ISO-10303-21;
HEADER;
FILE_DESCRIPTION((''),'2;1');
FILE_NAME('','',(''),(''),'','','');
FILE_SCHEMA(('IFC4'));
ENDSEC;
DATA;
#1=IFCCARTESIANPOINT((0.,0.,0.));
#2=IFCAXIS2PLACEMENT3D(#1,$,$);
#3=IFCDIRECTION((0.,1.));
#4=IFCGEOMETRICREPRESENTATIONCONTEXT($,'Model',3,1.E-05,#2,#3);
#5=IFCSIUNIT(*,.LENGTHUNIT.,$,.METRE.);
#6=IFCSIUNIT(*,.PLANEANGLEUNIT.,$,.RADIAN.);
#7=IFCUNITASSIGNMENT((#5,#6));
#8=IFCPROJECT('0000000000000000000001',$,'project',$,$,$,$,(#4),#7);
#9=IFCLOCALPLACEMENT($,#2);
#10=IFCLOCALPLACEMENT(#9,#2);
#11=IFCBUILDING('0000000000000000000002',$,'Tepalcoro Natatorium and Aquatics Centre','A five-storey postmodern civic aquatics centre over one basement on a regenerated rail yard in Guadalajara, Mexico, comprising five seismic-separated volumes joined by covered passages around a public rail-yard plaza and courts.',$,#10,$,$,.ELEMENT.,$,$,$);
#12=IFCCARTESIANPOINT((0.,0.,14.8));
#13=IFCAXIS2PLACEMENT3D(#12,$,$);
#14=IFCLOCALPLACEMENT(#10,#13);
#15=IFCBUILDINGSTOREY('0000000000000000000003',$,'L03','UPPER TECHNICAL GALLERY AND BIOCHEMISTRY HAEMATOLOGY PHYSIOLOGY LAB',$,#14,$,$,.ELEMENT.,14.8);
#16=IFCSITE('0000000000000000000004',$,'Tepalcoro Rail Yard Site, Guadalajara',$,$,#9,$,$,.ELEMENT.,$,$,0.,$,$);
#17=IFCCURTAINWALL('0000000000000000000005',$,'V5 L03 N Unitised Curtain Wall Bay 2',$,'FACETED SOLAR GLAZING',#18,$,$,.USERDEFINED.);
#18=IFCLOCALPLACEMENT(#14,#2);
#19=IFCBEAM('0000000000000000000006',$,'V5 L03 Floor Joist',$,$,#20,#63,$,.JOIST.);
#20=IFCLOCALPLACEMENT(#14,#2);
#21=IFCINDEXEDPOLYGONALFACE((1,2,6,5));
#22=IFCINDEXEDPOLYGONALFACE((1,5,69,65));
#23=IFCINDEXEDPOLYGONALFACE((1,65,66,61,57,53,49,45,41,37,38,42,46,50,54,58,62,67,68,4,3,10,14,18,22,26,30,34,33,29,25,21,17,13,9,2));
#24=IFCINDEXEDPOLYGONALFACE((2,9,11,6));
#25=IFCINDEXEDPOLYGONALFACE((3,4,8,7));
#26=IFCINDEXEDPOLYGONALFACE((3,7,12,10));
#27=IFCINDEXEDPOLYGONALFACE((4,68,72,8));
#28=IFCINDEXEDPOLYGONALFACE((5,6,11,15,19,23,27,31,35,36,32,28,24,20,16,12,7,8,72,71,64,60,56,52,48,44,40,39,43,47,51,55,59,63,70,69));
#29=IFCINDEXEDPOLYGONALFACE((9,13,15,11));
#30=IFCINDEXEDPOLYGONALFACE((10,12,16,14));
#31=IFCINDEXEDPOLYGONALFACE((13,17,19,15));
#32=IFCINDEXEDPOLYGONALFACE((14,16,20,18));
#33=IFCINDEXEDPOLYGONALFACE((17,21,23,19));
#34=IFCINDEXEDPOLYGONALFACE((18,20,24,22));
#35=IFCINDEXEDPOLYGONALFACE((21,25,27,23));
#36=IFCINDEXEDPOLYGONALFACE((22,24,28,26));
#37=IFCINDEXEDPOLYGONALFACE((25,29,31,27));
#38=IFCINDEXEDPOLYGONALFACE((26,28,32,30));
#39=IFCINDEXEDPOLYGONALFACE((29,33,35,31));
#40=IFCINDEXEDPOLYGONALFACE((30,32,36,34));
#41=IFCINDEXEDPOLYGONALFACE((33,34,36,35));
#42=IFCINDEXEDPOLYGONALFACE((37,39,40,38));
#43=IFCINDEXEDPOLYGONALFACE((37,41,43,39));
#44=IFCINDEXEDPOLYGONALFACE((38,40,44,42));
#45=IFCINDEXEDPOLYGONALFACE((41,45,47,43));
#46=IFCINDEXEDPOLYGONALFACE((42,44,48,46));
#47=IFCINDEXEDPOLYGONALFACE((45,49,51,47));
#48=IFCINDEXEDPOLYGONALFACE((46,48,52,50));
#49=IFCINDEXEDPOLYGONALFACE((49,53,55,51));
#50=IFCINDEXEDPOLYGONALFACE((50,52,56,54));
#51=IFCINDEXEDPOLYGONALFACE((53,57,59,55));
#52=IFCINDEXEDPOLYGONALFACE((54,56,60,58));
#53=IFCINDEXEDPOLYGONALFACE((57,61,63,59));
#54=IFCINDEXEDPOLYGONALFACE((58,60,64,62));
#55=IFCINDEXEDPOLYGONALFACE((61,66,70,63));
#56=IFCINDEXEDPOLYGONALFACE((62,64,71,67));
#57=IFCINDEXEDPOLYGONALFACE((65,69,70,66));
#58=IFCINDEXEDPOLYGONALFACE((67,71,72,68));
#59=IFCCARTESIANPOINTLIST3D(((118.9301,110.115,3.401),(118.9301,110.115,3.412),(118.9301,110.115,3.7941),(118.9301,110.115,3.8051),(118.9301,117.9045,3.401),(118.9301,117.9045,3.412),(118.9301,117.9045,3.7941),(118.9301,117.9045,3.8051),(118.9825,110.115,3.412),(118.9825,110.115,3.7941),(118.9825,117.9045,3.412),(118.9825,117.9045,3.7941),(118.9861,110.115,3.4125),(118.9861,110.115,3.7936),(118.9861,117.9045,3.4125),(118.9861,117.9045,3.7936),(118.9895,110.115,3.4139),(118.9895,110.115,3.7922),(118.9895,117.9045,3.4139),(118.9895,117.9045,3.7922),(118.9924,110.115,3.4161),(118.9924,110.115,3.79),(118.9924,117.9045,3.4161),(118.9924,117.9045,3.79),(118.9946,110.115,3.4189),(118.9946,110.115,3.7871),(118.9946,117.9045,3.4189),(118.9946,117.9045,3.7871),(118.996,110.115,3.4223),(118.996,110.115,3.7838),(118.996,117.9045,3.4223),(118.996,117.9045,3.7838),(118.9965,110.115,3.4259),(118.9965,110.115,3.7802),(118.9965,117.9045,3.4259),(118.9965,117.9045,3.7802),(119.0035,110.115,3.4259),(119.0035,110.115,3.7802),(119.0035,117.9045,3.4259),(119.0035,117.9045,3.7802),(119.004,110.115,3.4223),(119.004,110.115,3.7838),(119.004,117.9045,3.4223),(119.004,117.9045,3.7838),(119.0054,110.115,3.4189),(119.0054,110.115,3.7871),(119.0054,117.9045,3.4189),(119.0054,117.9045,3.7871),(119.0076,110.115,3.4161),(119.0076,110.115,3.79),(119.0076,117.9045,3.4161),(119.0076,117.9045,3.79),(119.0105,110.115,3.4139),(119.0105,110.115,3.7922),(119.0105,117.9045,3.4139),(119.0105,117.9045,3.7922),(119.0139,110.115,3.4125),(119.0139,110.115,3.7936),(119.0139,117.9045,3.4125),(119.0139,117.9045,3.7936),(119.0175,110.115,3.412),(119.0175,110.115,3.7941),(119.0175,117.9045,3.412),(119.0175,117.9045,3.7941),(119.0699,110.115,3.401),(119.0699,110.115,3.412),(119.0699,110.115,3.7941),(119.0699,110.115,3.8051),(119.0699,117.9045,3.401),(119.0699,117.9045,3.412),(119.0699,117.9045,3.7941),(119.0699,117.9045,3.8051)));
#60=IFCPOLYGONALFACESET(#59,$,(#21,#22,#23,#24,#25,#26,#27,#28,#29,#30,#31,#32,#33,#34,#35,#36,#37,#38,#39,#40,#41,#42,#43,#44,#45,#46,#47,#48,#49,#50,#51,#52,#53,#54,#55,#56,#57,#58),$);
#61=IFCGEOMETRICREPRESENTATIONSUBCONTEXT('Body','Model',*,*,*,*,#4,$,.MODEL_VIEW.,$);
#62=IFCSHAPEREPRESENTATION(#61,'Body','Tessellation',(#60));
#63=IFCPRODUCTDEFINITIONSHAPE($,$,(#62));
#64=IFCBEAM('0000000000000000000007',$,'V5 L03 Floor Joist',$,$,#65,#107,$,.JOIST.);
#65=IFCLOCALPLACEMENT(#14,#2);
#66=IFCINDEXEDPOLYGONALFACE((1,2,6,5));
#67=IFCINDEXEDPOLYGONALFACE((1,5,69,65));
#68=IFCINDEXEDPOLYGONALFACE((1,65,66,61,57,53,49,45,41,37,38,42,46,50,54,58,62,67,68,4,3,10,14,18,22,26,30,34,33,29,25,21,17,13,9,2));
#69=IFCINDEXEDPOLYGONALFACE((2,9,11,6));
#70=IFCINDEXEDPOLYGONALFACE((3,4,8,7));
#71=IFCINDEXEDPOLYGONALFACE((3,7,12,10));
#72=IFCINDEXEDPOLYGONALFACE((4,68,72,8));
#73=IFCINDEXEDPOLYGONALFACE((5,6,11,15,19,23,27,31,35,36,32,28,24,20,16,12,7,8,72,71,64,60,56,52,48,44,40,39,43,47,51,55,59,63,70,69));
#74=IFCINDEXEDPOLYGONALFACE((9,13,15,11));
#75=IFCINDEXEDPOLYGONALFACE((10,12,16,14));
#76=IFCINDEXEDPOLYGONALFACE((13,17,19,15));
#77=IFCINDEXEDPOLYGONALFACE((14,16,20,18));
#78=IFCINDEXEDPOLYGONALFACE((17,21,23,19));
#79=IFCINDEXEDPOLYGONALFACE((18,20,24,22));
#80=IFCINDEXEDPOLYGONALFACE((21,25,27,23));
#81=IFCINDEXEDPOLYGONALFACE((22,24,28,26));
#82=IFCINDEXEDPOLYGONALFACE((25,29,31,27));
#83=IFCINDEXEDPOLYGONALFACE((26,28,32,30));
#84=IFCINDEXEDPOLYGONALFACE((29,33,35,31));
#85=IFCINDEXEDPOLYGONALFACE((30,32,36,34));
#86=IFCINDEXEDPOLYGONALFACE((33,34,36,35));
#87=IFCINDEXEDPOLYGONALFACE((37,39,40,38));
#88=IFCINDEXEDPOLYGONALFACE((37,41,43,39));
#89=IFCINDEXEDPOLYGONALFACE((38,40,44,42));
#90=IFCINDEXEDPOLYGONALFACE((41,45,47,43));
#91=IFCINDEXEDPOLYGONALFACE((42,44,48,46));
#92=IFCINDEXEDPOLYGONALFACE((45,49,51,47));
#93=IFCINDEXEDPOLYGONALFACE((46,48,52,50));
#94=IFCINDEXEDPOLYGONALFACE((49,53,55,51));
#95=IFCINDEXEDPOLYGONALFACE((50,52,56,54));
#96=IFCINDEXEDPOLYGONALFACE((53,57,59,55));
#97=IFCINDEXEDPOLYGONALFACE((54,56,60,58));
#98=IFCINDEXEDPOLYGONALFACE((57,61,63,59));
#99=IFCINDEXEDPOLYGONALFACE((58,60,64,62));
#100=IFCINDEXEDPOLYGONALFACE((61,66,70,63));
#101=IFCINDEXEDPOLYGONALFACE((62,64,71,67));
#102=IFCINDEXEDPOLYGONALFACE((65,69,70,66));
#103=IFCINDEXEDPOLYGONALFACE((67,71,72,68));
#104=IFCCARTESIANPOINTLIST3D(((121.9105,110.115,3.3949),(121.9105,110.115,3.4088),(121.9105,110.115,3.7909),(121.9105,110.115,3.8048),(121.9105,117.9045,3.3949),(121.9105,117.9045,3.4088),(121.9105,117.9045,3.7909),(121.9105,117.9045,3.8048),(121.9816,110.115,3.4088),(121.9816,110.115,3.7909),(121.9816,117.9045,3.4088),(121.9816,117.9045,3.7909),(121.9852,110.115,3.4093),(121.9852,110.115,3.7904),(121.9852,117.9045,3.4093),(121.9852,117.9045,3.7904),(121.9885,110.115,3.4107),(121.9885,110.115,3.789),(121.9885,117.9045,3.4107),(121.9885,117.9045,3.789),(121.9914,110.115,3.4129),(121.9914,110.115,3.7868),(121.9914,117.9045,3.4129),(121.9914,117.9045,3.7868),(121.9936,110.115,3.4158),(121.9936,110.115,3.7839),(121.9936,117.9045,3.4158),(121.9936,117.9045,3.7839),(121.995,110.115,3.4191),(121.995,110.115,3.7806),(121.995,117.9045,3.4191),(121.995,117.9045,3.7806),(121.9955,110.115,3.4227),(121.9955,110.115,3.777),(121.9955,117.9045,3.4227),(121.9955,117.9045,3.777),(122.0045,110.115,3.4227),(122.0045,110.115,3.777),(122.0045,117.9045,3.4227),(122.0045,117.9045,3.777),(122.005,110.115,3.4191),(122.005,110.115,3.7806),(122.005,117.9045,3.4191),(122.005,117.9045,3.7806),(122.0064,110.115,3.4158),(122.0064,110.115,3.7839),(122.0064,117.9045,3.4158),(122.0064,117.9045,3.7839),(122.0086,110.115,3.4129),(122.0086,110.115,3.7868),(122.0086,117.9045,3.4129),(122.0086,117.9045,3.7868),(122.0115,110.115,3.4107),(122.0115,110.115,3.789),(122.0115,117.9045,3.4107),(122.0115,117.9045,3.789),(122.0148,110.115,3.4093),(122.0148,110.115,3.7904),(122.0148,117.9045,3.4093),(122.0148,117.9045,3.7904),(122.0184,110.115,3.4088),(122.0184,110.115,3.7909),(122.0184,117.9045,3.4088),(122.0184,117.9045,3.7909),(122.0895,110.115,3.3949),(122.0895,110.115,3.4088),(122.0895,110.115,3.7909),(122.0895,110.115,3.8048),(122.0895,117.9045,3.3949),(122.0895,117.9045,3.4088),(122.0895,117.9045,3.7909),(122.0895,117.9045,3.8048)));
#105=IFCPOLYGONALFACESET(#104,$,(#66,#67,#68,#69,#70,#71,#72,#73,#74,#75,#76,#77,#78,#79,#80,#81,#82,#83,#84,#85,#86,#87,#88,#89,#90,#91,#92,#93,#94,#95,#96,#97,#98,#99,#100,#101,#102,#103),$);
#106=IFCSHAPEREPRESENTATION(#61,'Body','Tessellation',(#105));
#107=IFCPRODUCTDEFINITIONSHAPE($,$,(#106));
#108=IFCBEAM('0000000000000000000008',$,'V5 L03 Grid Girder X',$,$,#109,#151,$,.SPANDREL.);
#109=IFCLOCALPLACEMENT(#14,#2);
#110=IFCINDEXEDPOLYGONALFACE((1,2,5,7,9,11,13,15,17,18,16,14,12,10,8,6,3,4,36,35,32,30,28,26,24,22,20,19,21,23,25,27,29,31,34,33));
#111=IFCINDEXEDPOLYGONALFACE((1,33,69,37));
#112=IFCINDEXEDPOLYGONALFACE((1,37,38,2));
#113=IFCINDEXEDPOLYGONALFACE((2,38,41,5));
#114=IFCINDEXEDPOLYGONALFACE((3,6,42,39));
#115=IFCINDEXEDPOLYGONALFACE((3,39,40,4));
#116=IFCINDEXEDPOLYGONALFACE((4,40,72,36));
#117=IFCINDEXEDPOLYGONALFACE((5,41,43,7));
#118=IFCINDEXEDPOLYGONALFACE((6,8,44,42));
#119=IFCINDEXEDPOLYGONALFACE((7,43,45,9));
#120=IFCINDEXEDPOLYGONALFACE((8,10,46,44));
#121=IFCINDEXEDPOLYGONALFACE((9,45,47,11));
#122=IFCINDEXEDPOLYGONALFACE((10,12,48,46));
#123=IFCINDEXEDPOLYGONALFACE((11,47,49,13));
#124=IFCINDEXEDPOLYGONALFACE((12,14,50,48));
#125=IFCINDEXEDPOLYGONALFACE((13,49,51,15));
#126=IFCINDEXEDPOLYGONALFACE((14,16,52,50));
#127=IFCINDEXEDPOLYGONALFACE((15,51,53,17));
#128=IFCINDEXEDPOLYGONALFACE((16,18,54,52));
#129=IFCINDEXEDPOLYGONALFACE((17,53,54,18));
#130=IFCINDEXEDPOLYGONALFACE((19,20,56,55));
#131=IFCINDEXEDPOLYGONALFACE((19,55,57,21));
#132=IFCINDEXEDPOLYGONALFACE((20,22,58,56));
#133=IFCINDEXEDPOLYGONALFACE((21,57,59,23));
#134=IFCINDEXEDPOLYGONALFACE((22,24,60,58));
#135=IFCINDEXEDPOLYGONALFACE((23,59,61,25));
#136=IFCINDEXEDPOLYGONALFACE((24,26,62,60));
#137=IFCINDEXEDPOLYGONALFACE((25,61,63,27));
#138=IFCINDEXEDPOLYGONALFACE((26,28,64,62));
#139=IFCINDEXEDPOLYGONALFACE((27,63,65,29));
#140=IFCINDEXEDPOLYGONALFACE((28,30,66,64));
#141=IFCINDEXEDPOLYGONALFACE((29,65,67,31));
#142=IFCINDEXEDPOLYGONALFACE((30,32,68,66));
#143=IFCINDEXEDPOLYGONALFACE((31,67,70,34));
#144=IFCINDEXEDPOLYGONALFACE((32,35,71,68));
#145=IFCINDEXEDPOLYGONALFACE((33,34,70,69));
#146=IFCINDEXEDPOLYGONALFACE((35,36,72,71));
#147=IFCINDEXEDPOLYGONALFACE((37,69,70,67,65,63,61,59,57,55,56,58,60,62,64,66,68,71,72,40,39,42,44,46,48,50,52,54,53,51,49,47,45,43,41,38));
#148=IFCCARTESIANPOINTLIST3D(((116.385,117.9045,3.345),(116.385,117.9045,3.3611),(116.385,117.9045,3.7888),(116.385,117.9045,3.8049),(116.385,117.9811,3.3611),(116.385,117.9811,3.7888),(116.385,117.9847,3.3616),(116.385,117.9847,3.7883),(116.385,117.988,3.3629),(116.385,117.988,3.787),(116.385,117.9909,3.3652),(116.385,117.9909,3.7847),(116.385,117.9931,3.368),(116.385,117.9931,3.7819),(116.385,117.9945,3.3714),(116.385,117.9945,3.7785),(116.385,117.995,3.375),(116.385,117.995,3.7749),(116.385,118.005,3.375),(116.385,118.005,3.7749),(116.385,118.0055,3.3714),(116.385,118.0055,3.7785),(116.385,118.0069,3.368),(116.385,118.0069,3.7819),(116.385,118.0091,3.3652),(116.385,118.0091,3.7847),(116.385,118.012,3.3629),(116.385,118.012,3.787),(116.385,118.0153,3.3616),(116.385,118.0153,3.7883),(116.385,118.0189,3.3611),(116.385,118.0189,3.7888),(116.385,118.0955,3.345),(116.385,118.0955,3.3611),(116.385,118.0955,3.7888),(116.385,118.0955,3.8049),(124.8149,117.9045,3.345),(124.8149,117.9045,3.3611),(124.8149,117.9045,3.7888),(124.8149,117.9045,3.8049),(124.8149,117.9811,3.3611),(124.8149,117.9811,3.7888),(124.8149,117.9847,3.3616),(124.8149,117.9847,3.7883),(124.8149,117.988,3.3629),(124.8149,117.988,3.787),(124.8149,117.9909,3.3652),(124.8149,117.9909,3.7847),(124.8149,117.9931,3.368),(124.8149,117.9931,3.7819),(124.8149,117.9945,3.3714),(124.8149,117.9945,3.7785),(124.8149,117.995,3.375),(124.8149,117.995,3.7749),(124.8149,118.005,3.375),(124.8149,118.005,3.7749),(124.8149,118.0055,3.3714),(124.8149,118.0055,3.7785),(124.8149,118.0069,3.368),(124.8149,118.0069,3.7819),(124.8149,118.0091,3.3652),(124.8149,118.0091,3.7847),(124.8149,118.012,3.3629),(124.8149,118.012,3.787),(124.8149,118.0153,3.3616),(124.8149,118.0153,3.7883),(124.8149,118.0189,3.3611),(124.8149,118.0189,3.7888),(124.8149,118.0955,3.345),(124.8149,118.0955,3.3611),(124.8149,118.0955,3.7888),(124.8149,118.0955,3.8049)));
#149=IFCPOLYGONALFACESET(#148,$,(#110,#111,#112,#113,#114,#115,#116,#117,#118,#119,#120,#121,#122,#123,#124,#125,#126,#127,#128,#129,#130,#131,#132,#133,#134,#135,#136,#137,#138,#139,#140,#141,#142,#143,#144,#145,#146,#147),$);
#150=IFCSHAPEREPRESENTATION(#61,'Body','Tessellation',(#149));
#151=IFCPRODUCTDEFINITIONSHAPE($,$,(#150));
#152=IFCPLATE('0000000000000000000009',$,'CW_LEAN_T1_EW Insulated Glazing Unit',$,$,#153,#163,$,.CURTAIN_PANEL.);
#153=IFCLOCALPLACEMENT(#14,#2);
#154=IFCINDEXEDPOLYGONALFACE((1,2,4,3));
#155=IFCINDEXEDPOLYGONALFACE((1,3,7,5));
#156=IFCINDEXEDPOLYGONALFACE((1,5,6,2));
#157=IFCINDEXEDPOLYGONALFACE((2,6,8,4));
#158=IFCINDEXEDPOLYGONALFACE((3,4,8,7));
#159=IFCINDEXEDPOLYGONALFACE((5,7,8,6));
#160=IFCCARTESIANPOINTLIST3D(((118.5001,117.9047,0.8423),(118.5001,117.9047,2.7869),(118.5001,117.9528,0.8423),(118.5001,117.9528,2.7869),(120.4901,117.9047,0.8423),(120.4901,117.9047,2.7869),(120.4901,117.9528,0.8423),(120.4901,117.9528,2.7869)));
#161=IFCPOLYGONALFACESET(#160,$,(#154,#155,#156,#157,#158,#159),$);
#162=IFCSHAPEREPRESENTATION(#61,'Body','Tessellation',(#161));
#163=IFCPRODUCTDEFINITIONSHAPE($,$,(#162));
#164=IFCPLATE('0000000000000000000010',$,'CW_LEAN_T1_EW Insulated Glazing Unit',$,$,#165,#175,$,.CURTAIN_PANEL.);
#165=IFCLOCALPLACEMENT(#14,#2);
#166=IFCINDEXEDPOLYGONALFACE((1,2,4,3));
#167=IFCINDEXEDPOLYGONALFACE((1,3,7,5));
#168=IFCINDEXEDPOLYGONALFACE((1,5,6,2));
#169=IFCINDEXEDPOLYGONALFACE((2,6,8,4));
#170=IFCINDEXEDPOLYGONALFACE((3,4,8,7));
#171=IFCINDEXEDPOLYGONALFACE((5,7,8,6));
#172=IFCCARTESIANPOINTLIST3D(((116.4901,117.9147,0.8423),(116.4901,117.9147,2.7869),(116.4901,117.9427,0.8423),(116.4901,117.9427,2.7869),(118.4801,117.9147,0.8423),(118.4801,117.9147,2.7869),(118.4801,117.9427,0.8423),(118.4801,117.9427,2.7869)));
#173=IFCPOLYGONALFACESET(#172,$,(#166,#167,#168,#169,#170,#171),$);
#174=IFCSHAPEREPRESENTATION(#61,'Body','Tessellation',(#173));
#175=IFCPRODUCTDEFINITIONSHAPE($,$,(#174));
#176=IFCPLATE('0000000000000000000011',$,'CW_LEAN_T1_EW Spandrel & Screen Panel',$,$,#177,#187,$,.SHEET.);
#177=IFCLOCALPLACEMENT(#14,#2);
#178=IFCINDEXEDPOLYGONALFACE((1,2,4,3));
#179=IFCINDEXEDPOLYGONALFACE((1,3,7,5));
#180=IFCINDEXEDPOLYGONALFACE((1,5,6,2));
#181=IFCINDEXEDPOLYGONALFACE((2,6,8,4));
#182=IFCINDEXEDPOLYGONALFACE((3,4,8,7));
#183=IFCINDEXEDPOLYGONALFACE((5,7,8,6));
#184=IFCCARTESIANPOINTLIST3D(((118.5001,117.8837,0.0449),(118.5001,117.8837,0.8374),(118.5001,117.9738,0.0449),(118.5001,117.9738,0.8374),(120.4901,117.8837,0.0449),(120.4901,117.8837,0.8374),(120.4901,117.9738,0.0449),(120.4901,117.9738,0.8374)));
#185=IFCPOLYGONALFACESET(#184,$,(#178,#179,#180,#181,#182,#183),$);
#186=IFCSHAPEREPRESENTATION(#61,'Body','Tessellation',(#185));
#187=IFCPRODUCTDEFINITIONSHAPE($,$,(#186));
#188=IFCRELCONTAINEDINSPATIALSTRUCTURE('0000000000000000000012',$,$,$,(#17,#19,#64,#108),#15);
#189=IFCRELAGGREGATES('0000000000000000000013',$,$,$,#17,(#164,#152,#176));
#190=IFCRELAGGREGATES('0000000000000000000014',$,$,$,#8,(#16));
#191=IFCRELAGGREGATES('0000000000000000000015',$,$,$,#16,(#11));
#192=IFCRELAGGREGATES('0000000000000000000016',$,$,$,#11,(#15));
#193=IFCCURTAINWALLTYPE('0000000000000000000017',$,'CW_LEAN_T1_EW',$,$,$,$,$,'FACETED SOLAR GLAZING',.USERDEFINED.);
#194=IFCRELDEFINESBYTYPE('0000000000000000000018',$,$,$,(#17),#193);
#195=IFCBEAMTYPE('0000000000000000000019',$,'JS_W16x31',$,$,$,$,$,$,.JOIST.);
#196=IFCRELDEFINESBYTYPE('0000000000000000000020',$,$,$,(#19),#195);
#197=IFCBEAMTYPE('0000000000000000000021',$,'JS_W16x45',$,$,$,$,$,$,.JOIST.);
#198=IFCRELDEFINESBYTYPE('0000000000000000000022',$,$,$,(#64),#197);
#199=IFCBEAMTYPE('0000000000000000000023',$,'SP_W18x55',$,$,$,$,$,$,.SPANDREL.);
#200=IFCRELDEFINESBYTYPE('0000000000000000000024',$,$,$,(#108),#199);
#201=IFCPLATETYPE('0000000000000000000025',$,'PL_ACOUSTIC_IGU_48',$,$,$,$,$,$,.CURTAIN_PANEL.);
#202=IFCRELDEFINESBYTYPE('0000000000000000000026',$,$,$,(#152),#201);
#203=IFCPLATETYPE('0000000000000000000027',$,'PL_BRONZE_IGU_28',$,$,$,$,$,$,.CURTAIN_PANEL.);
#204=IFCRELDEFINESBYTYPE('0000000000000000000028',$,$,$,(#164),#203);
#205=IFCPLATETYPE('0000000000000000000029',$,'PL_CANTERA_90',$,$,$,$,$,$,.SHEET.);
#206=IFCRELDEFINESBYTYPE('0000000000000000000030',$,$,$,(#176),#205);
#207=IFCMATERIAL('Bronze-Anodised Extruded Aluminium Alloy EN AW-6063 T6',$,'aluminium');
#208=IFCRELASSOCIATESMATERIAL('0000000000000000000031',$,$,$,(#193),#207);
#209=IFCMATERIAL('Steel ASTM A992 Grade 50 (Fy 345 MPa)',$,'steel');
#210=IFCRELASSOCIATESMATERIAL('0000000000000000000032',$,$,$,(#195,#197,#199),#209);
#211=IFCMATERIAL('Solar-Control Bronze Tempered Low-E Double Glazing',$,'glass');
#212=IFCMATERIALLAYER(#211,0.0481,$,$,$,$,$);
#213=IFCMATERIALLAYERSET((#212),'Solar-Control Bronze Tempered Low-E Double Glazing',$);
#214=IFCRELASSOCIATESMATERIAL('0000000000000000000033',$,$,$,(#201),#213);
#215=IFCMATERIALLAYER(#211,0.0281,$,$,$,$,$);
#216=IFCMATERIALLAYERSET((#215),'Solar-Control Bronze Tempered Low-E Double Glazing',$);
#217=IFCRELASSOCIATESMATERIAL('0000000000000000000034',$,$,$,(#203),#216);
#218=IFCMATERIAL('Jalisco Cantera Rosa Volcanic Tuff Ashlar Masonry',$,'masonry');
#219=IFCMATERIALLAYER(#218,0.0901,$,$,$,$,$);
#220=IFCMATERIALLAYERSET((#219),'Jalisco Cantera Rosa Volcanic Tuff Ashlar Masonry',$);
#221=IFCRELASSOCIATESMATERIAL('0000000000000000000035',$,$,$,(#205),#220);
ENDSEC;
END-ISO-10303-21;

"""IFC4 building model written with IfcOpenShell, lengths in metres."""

from ifc_helpers import new_model, si_unit, direction, frame, origin, origin_2d, place, context, subcontext, project, spatial, rectangle, i_section, extrude, material, layer, layer_set, material_profile, profile_set, type_object, element, aggregate, save


model = new_model("IFC4")

# Units and contexts
model_context = context("Model", 3, precision=1e-05, world=origin(), true_north=direction((0.0, 1.0)))
body_context = subcontext(model_context, "Body", "Model", "MODEL_VIEW")
ifc_project = project(units=[si_unit("LENGTHUNIT", "METRE"), si_unit("PLANEANGLEUNIT", "RADIAN")], contexts=[model_context])

# Site, building, storey
site_placement = place(None, origin())
site = spatial("IfcSite", under=ifc_project, at=site_placement, Name="Tepalcoro Rail Yard Site, Guadalajara", CompositionType="ELEMENT", RefElevation=0.0)
building_placement = place(site_placement, origin())
building = spatial("IfcBuilding", under=site, at=building_placement, Name="Tepalcoro Natatorium and Aquatics Centre", Description="A five-storey postmodern civic aquatics centre over one basement on a regenerated rail yard in Guadalajara, Mexico, comprising five seismic-separated volumes joined by covered passages around a public rail-yard plaza and courts.", CompositionType="ELEMENT")
storey_placement = place(building_placement, frame((0.0, 0.0, 14.8)))
storey = spatial("IfcBuildingStorey", under=building, at=storey_placement, Name="L03", Description="UPPER TECHNICAL GALLERY AND BIOCHEMISTRY HAEMATOLOGY PHYSIOLOGY LAB", CompositionType="ELEMENT", Elevation=14.8)

# Shared definitions
ifc_material_1 = material(Name="Steel ASTM A992 Grade 50 (Fy 345 MPa)", Category="steel")

# Curtain wall
ifc_material_2 = material(Name="Bronze-Anodised Extruded Aluminium Alloy EN AW-6063 T6", Category="aluminium")
curtain_wall_type = type_object("IfcCurtainWallType", Name="CW_LEAN_T1_EW", ElementType="FACETED SOLAR GLAZING", PredefinedType="USERDEFINED", material=ifc_material_2)
curtain_wall_placement = place(storey_placement, origin())
curtain_wall = element("IfcCurtainWall", 1, at=curtain_wall_placement, inside=storey, type_object=curtain_wall_type, Name="V5 L03 N Unitised Curtain Wall Bay 2", ObjectType="FACETED SOLAR GLAZING", PredefinedType="USERDEFINED")

# Beams
ifc_material_profile_1 = material_profile(ifc_material_1, i_section(OverallWidth=0.1399, OverallDepth=0.4041, WebThickness=0.0071, FlangeThickness=0.011, FilletRadius=0.0139, at=origin_2d()), Name="W16X31")
ifc_profile_set_1 = profile_set([ifc_material_profile_1], Name="Steel ASTM A992 Grade 50 (Fy 345 MPa)")
beam_type_1 = type_object("IfcBeamType", Name="JS_W16x31", PredefinedType="JOIST", material=ifc_profile_set_1)
beam_1_placement = place(storey_placement, frame((119.0, 110.115, 3.603), z_axis=(0.0, 1.0, 0.0), x_axis=(-1.0, 0.0, 0.0)))
element("IfcBeam", 2, at=beam_1_placement, inside=storey, type_object=beam_type_1, Name="V5 L03 Floor Joist", PredefinedType="JOIST", context=body_context, shape_type="SweptSolid", body=[
    extrude(i_section(OverallWidth=0.1399, OverallDepth=0.4041, WebThickness=0.0071, FlangeThickness=0.011, FilletRadius=0.0139, at=origin_2d()), origin(), (0.0, 0.0, 1.0), 7.7896),
])
ifc_material_profile_2 = material_profile(ifc_material_1, i_section(OverallWidth=0.179, OverallDepth=0.4099, WebThickness=0.009, FlangeThickness=0.0139, FilletRadius=0.0139, at=origin_2d()), Name="W16X45")
ifc_profile_set_2 = profile_set([ifc_material_profile_2], Name="Steel ASTM A992 Grade 50 (Fy 345 MPa)")
beam_type_2 = type_object("IfcBeamType", Name="JS_W16x45", PredefinedType="JOIST", material=ifc_profile_set_2)
beam_2_placement = place(storey_placement, frame((122.0, 110.115, 3.5999), z_axis=(0.0, 1.0, 0.0), x_axis=(-1.0, 0.0, 0.0)))
element("IfcBeam", 3, at=beam_2_placement, inside=storey, type_object=beam_type_2, Name="V5 L03 Floor Joist", PredefinedType="JOIST", context=body_context, shape_type="SweptSolid", body=[
    extrude(i_section(OverallWidth=0.179, OverallDepth=0.4099, WebThickness=0.009, FlangeThickness=0.0139, FilletRadius=0.0139, at=origin_2d()), origin(), (0.0, 0.0, 1.0), 7.7896),
])
ifc_material_profile_3 = material_profile(ifc_material_1, i_section(OverallWidth=0.1909, OverallDepth=0.46, WebThickness=0.01, FlangeThickness=0.0161, FilletRadius=0.0139, at=origin_2d()), Name="W18X55")
ifc_profile_set_3 = profile_set([ifc_material_profile_3], Name="Steel ASTM A992 Grade 50 (Fy 345 MPa)")
beam_type_3 = type_object("IfcBeamType", Name="SP_W18x55", PredefinedType="SPANDREL", material=ifc_profile_set_3)
beam_3_placement = place(storey_placement, frame((116.385, 118.0, 3.575), z_axis=(1.0, 0.0, 0.0), x_axis=(0.0, 1.0, 0.0)))
element("IfcBeam", 4, at=beam_3_placement, inside=storey, type_object=beam_type_3, Name="V5 L03 Grid Girder X", PredefinedType="SPANDREL", context=body_context, shape_type="SweptSolid", body=[
    extrude(i_section(OverallWidth=0.1909, OverallDepth=0.46, WebThickness=0.01, FlangeThickness=0.0161, FilletRadius=0.0139, at=origin_2d()), origin(), (0.0, 0.0, 1.0), 8.4299),
])

# Plates
ifc_material_3 = material(Name="Solar-Control Bronze Tempered Low-E Double Glazing", Category="glass")
ifc_layer_1 = layer(ifc_material_3, 0.0481)
ifc_layer_set_1 = layer_set([ifc_layer_1], Name="Solar-Control Bronze Tempered Low-E Double Glazing")
plate_type_1 = type_object("IfcPlateType", Name="PL_ACOUSTIC_IGU_48", PredefinedType="CURTAIN_PANEL", material=ifc_layer_set_1)
plate_1_placement = place(storey_placement, frame((119.4951, 117.9287, 0.8423), z_axis=(0.0, 0.0, 1.0), x_axis=(1.0, 0.0, 0.0)))
plate_1 = element("IfcPlate", 5, at=plate_1_placement, type_object=plate_type_1, Name="CW_LEAN_T1_EW Insulated Glazing Unit", PredefinedType="CURTAIN_PANEL", context=body_context, shape_type="SweptSolid", body=[
    extrude(rectangle(XDim=1.99, YDim=0.0481, at=origin_2d()), origin(), (0.0, 0.0, 1.0), 1.9446),
])
ifc_layer_2 = layer(ifc_material_3, 0.0281)
ifc_layer_set_2 = layer_set([ifc_layer_2], Name="Solar-Control Bronze Tempered Low-E Double Glazing")
plate_type_2 = type_object("IfcPlateType", Name="PL_BRONZE_IGU_28", PredefinedType="CURTAIN_PANEL", material=ifc_layer_set_2)
plate_2_placement = place(storey_placement, frame((117.4851, 117.9287, 0.8423), z_axis=(0.0, 0.0, 1.0), x_axis=(1.0, 0.0, 0.0)))
plate_2 = element("IfcPlate", 6, at=plate_2_placement, type_object=plate_type_2, Name="CW_LEAN_T1_EW Insulated Glazing Unit", PredefinedType="CURTAIN_PANEL", context=body_context, shape_type="SweptSolid", body=[
    extrude(rectangle(XDim=1.99, YDim=0.0281, at=origin_2d()), origin(), (0.0, 0.0, 1.0), 1.9446),
])
ifc_material_4 = material(Name="Jalisco Cantera Rosa Volcanic Tuff Ashlar Masonry", Category="masonry")
ifc_layer_3 = layer(ifc_material_4, 0.0901)
ifc_layer_set_3 = layer_set([ifc_layer_3], Name="Jalisco Cantera Rosa Volcanic Tuff Ashlar Masonry")
plate_type_3 = type_object("IfcPlateType", Name="PL_CANTERA_90", PredefinedType="SHEET", material=ifc_layer_set_3)
plate_3_placement = place(storey_placement, frame((119.4951, 117.9287, 0.0449), z_axis=(0.0, 0.0, 1.0), x_axis=(1.0, 0.0, 0.0)))
plate_3 = element("IfcPlate", 7, at=plate_3_placement, type_object=plate_type_3, Name="CW_LEAN_T1_EW Spandrel & Screen Panel", PredefinedType="SHEET", context=body_context, shape_type="SweptSolid", body=[
    extrude(rectangle(XDim=1.99, YDim=0.0901, at=origin_2d()), origin(), (0.0, 0.0, 1.0), 0.7925),
])
aggregate(curtain_wall, [plate_2, plate_1, plate_3])

save(model, "model.ifc")
